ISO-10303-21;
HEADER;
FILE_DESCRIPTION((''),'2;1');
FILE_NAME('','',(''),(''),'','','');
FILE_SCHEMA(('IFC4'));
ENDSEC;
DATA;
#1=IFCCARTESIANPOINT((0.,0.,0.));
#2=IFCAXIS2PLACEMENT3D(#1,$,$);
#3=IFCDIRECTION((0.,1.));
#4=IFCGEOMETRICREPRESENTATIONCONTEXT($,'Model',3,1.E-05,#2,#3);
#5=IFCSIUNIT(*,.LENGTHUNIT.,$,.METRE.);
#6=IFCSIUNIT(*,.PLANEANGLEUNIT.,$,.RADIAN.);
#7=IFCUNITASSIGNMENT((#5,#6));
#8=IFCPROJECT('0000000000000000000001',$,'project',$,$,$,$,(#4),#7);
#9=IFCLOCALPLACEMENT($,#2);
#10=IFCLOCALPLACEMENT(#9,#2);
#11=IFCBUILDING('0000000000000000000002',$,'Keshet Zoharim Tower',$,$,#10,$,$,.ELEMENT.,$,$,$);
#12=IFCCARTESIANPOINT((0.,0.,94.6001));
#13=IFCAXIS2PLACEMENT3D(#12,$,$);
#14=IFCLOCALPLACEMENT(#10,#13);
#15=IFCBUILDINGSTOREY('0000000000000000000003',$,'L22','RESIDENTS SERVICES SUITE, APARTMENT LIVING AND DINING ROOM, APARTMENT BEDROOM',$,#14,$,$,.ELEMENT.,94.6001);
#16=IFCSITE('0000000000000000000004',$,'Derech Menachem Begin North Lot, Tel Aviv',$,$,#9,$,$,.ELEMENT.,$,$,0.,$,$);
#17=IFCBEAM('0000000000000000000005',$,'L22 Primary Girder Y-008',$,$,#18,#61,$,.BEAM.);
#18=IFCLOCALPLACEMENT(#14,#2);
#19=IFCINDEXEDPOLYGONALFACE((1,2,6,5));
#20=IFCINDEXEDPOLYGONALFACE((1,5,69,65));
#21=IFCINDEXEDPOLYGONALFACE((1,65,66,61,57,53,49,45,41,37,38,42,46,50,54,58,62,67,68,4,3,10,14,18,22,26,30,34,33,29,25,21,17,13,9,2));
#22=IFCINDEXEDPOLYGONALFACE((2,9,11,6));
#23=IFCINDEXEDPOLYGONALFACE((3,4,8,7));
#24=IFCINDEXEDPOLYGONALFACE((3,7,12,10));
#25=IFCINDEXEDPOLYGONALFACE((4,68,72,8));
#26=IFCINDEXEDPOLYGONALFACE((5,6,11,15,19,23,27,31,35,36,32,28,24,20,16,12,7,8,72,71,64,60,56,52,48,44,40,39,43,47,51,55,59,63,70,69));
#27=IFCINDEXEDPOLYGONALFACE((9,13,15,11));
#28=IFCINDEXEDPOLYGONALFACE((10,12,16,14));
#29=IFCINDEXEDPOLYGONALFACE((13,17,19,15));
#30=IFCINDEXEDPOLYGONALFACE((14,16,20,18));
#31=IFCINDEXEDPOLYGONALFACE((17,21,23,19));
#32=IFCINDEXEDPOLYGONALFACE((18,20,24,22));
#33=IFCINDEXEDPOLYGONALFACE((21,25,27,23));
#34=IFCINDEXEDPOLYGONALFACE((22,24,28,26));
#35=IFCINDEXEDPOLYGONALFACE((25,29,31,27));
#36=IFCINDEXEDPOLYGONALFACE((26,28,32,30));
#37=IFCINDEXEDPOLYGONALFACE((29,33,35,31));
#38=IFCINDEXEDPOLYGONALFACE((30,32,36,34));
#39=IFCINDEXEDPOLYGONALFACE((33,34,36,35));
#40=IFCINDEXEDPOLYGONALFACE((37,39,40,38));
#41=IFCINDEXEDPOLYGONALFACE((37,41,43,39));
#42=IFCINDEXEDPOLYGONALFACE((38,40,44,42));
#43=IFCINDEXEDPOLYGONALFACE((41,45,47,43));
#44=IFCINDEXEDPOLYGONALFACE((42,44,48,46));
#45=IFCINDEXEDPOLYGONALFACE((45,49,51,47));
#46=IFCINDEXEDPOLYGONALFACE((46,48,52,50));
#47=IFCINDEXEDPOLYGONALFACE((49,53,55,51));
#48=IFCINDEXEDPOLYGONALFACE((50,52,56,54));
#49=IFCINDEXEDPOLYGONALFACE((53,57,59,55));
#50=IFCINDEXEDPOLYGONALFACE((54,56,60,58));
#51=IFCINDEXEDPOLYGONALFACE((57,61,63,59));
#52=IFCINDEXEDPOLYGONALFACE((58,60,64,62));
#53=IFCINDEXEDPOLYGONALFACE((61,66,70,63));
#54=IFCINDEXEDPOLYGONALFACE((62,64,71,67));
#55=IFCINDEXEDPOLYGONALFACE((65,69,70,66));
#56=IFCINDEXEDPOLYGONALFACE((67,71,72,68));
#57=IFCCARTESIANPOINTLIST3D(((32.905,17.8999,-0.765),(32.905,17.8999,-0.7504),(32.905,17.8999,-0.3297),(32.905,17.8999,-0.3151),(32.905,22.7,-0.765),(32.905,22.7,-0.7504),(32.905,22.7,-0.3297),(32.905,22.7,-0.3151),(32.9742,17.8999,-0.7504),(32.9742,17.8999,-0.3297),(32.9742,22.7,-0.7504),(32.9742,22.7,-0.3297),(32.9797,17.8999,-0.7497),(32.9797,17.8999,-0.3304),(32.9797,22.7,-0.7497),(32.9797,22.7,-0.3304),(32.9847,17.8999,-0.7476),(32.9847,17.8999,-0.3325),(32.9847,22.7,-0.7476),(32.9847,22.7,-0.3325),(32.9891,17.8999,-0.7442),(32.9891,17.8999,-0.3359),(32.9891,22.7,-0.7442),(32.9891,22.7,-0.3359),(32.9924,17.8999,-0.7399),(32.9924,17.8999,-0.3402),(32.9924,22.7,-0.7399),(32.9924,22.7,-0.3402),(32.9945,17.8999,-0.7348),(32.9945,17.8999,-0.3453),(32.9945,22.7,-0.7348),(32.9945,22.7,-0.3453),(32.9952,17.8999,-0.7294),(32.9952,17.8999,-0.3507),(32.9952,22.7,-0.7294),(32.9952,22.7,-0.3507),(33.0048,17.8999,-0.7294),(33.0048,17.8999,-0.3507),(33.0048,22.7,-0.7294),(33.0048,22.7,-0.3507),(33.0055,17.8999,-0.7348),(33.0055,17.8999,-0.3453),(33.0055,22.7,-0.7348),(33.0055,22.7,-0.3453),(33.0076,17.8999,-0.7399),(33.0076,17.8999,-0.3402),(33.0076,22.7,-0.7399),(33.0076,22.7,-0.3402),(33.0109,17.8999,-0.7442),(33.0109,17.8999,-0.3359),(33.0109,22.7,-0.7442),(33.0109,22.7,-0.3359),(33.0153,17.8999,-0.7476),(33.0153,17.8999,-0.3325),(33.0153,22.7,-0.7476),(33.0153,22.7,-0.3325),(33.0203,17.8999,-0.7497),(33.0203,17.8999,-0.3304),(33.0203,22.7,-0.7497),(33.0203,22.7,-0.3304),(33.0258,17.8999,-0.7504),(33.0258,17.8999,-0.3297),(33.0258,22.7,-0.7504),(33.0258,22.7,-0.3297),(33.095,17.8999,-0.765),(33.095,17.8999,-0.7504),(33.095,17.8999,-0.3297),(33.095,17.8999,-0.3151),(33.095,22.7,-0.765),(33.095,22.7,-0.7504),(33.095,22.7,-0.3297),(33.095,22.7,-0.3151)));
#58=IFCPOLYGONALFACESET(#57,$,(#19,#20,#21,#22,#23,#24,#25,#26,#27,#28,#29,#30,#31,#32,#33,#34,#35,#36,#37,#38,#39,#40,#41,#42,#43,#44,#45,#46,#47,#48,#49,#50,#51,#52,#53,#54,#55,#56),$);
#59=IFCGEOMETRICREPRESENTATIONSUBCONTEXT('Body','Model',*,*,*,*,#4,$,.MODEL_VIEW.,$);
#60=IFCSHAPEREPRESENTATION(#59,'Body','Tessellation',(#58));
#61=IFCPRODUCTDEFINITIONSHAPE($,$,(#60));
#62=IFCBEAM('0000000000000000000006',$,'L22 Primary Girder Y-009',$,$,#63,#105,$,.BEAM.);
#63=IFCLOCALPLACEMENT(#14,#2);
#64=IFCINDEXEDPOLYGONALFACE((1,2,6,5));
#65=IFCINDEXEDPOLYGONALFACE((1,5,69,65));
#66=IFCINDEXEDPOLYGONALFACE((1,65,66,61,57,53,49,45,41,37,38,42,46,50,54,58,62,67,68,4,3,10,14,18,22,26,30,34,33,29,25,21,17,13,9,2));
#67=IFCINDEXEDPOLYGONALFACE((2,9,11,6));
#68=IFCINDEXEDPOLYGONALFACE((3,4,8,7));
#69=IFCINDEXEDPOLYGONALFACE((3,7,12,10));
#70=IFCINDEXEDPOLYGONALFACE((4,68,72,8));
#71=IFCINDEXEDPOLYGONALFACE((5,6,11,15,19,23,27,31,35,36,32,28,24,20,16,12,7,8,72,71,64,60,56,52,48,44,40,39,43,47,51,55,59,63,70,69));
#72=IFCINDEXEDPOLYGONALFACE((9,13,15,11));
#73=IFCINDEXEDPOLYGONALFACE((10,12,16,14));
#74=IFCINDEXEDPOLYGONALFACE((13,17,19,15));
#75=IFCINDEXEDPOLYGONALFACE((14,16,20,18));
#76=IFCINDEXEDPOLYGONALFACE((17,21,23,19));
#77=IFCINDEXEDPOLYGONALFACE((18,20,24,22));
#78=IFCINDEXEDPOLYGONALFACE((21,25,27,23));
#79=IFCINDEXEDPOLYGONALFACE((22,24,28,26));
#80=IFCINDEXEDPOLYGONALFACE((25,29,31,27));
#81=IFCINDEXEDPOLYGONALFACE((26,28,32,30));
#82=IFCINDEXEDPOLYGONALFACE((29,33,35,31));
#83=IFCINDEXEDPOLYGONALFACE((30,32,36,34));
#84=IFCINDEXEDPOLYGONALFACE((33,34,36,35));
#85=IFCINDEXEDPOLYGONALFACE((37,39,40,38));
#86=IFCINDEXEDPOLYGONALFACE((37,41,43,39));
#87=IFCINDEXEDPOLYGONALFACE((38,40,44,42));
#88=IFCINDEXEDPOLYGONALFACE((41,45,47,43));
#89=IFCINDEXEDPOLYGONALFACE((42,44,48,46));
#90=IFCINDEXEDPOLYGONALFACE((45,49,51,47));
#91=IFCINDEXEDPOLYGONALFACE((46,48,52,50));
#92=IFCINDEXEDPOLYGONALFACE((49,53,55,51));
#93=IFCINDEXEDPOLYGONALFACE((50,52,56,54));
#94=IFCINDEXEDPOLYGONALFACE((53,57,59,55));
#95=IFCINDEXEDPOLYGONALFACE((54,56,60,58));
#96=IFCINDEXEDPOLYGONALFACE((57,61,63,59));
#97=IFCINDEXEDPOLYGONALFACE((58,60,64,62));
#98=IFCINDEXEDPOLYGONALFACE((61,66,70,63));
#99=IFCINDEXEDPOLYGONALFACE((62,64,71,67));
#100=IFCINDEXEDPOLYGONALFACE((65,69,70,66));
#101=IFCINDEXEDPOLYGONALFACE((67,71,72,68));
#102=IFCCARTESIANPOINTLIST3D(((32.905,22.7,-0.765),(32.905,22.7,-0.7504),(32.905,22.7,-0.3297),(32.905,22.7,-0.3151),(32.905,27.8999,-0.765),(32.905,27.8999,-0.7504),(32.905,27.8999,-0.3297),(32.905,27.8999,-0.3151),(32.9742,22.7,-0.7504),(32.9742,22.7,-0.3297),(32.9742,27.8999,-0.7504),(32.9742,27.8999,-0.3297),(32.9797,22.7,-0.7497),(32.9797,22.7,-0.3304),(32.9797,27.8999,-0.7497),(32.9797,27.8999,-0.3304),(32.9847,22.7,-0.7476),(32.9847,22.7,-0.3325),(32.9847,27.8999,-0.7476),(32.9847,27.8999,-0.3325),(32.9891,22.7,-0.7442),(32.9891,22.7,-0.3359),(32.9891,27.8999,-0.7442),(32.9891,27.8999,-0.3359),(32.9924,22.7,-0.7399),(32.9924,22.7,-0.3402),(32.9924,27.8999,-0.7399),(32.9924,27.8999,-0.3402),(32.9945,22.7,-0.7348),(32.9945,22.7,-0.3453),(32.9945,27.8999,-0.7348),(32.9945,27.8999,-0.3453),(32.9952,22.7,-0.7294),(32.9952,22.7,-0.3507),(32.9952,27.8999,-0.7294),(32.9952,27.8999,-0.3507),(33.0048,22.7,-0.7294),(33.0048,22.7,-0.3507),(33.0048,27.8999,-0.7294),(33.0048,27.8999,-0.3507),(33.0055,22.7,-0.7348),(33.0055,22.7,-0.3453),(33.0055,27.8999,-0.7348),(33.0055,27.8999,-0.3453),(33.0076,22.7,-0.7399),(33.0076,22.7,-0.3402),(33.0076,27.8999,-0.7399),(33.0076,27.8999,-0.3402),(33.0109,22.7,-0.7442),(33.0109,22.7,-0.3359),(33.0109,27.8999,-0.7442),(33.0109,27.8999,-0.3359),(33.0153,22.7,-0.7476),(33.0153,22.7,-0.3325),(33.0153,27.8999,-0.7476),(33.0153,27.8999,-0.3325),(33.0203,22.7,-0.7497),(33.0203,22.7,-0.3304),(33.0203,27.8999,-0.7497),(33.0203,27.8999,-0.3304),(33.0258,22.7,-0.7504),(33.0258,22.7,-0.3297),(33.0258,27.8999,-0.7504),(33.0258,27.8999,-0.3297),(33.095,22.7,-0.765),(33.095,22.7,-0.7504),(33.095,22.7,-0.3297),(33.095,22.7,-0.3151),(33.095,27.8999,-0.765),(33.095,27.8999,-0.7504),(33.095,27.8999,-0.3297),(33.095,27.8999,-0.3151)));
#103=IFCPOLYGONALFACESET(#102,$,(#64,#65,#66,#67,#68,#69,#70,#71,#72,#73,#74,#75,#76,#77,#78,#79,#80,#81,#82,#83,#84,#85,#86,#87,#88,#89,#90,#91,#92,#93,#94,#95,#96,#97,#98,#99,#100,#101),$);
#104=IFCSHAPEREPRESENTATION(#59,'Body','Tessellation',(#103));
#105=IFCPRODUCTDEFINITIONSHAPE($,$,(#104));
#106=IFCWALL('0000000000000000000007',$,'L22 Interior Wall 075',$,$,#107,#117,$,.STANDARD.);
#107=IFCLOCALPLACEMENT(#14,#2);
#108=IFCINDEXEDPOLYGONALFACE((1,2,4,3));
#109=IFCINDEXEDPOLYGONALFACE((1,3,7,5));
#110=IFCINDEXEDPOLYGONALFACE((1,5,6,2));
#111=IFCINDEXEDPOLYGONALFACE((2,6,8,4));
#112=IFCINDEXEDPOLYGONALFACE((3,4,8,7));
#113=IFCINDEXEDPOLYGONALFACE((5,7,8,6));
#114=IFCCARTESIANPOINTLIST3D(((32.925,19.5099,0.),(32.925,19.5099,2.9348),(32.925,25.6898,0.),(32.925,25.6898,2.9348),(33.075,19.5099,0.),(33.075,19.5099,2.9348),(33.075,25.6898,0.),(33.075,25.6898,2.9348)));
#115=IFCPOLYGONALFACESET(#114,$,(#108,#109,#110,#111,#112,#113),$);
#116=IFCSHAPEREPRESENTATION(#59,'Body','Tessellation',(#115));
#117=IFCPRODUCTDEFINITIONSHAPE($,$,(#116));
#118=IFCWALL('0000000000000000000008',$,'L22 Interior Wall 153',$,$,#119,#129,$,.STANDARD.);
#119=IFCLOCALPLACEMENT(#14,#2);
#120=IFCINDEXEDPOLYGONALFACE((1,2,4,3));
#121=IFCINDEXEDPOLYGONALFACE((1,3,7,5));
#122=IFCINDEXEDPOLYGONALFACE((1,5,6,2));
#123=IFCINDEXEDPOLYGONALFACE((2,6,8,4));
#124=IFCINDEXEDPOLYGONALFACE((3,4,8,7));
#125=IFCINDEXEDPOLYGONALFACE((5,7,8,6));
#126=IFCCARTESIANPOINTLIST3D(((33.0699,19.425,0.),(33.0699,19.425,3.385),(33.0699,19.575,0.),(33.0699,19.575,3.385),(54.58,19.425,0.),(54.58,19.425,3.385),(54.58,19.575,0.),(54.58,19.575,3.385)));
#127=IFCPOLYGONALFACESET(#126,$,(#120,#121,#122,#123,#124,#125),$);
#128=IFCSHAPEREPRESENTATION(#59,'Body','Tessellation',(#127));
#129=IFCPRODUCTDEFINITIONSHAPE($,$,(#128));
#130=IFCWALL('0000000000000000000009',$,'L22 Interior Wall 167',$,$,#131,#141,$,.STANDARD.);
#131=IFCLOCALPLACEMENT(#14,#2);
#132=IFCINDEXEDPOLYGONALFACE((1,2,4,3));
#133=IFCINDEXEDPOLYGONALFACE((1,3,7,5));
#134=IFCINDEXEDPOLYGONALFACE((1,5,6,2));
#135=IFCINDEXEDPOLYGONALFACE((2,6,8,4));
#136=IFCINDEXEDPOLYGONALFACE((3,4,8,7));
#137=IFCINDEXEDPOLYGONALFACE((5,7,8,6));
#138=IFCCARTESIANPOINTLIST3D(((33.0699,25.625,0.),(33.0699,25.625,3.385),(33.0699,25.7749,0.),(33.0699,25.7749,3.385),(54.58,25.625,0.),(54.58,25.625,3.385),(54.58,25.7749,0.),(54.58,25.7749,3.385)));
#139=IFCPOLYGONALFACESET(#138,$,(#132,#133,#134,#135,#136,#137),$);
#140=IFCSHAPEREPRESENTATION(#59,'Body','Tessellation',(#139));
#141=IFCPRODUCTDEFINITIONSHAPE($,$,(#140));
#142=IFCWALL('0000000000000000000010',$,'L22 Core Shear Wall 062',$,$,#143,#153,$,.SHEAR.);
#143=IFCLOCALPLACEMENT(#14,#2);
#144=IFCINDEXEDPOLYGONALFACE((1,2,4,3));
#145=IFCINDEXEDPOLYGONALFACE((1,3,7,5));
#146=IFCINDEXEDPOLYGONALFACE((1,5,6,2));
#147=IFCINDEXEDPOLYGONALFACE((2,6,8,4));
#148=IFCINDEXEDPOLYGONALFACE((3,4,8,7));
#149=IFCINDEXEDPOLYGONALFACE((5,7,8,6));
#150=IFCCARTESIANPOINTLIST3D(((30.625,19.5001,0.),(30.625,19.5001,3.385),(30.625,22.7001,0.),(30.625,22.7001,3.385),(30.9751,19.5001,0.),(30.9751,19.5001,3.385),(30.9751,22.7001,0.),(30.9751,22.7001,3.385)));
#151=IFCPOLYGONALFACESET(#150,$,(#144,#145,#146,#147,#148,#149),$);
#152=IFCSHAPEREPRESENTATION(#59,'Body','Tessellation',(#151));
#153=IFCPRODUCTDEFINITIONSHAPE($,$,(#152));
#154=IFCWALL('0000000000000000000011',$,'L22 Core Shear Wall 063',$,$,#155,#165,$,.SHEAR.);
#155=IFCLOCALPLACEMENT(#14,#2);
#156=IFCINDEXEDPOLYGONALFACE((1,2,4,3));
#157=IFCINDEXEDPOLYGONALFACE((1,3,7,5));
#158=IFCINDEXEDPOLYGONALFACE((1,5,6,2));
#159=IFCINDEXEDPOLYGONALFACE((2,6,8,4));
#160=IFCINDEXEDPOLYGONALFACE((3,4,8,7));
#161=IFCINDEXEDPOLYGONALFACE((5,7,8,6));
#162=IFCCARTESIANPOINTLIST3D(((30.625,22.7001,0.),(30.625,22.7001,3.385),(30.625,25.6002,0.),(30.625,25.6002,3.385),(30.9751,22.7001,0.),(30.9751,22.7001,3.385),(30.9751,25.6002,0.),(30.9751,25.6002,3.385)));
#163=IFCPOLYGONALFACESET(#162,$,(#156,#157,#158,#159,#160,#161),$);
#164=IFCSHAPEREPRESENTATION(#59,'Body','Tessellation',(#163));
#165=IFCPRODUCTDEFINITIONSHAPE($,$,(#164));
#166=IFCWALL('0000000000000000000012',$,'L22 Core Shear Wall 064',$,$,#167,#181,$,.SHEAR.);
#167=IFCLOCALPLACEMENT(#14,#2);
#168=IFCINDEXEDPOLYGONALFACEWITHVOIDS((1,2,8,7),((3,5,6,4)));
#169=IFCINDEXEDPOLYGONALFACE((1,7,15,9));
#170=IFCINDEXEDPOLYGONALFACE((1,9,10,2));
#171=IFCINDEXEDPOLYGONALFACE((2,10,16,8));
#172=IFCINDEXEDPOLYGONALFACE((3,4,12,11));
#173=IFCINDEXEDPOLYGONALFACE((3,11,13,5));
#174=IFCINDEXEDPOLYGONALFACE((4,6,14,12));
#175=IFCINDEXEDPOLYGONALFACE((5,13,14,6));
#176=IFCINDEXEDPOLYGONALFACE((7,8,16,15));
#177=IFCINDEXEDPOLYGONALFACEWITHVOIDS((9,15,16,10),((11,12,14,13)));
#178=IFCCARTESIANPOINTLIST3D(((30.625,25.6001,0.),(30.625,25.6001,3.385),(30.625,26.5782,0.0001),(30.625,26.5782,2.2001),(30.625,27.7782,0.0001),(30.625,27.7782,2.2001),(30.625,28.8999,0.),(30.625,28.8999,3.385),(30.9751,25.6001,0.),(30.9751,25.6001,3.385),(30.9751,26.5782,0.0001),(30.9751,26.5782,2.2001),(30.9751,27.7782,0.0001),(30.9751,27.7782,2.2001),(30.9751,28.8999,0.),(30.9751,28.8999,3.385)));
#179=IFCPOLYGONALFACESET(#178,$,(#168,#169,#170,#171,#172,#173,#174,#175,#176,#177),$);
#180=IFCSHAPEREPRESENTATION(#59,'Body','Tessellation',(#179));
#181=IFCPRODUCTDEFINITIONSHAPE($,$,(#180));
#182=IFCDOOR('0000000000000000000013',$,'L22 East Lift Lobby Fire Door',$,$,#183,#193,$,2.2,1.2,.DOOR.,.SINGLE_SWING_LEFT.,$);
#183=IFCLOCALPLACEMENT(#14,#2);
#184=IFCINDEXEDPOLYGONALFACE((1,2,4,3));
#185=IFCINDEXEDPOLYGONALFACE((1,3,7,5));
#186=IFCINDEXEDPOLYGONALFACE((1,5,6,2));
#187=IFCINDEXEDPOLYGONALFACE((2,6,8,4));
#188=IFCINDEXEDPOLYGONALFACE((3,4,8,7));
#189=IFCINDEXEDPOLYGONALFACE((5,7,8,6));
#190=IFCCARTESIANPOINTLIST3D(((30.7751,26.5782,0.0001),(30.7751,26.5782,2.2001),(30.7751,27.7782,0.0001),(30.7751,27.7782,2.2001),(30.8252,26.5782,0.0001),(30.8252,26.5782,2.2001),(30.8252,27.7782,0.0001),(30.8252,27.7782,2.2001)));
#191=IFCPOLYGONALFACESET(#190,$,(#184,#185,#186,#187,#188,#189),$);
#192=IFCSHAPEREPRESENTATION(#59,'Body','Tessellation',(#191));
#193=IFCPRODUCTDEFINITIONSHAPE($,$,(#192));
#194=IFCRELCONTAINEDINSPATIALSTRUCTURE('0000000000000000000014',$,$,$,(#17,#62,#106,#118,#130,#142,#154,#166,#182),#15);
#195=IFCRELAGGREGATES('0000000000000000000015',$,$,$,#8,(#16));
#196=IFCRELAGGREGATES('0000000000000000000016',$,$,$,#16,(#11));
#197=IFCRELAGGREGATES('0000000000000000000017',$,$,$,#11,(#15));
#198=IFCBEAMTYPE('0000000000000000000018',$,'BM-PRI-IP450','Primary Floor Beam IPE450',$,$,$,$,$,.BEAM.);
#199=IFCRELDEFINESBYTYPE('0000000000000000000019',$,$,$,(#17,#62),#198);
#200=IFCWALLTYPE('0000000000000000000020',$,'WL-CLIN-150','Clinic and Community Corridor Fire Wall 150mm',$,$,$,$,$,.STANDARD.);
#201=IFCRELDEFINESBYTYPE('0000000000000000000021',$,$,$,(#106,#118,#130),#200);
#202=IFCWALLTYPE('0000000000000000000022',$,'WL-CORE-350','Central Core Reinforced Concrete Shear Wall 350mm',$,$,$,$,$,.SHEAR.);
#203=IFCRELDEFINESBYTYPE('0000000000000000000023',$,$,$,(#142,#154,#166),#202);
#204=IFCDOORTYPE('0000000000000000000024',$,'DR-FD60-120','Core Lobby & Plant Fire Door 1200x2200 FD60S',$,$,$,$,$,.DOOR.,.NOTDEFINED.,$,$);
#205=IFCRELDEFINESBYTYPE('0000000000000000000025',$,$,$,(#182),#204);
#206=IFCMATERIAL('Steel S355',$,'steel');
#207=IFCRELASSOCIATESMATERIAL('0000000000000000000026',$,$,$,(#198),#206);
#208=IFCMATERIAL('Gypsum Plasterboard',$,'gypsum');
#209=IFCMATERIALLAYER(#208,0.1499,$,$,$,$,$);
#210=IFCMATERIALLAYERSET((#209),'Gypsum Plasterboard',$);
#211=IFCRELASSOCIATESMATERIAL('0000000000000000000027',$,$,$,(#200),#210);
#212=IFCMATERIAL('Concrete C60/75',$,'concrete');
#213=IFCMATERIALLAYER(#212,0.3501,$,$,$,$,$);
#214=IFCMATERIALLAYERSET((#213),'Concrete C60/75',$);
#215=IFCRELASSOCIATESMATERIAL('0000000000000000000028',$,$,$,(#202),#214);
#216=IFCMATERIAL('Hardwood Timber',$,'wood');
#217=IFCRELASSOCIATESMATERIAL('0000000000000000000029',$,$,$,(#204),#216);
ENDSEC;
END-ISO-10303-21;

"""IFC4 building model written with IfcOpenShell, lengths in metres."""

from ifc_helpers import new_model, si_unit, direction, frame, frame_2d, origin, origin_2d, place, context, subcontext, project, spatial, rectangle, i_section, extrude, material, layer, layer_set, material_profile, profile_set, type_object, element, fill, save


model = new_model("IFC4")

# Units and contexts
model_context = context("Model", 3, precision=1e-05, world=origin(), true_north=direction((0.0, 1.0)))
body_context = subcontext(model_context, "Body", "Model", "MODEL_VIEW")
ifc_project = project(units=[si_unit("LENGTHUNIT", "METRE"), si_unit("PLANEANGLEUNIT", "RADIAN")], contexts=[model_context])

# Site, building, storey
site_placement = place(None, origin())
site = spatial("IfcSite", under=ifc_project, at=site_placement, Name="Derech Menachem Begin North Lot, Tel Aviv", CompositionType="ELEMENT", RefElevation=0.0)
building_placement = place(site_placement, origin())
building = spatial("IfcBuilding", under=site, at=building_placement, Name="Keshet Zoharim Tower", CompositionType="ELEMENT")
storey_placement = place(building_placement, frame((0.0, 0.0, 94.6001)))
storey = spatial("IfcBuildingStorey", under=building, at=storey_placement, Name="L22", Description="RESIDENTS SERVICES SUITE, APARTMENT LIVING AND DINING ROOM, APARTMENT BEDROOM", CompositionType="ELEMENT", Elevation=94.6001)

# Shared definitions
ifc_material_1 = material(Name="Concrete C60/75", Category="concrete")

# Beams
ifc_material_2 = material(Name="Steel S355", Category="steel")
ifc_material_profile_1 = material_profile(ifc_material_2, i_section(OverallWidth=0.1899, OverallDepth=0.45, WebThickness=0.0095, FlangeThickness=0.0146, FilletRadius=0.021, at=origin_2d()), Name="IPE450")
ifc_profile_set_1 = profile_set([ifc_material_profile_1], Name="Steel S355")
beam_type_1 = type_object("IfcBeamType", Name="BM-PRI-IP450", Description="Primary Floor Beam IPE450", PredefinedType="BEAM", material=ifc_profile_set_1)
beam_1_placement = place(storey_placement, frame((33.0, 17.8999, -0.54), z_axis=(0.0, 1.0, 0.0), x_axis=(-1.0, 0.0, 0.0)))
element("IfcBeam", 1, at=beam_1_placement, inside=storey, type_object=beam_type_1, Name="L22 Primary Girder Y-008", PredefinedType="BEAM", context=body_context, shape_type="SweptSolid", body=[
    extrude(i_section(OverallWidth=0.1899, OverallDepth=0.45, WebThickness=0.0095, FlangeThickness=0.0146, FilletRadius=0.021, at=origin_2d()), origin(), (0.0, 0.0, 1.0), 4.8),
])
beam_2_placement = place(storey_placement, frame((33.0, 22.7, -0.54), z_axis=(0.0, 1.0, 0.0), x_axis=(-1.0, 0.0, 0.0)))
element("IfcBeam", 2, at=beam_2_placement, inside=storey, type_object=beam_type_1, Name="L22 Primary Girder Y-009", PredefinedType="BEAM", context=body_context, shape_type="SweptSolid", body=[
    extrude(i_section(OverallWidth=0.1899, OverallDepth=0.45, WebThickness=0.0095, FlangeThickness=0.0146, FilletRadius=0.021, at=origin_2d()), origin(), (0.0, 0.0, 1.0), 5.2),
])

# Walls
ifc_material_3 = material(Name="Gypsum Plasterboard", Category="gypsum")
ifc_layer_1 = layer(ifc_material_3, 0.1499)
ifc_layer_set_1 = layer_set([ifc_layer_1], Name="Gypsum Plasterboard")
wall_type_1 = type_object("IfcWallType", Name="WL-CLIN-150", Description="Clinic and Community Corridor Fire Wall 150mm", PredefinedType="STANDARD", material=ifc_layer_set_1)
wall_1_placement = place(storey_placement, frame((33.0, 19.51, 0.0), z_axis=(0.0, 0.0, 1.0), x_axis=(0.0, 1.0, 0.0)))
element("IfcWall", 3, at=wall_1_placement, inside=storey, type_object=wall_type_1, Name="L22 Interior Wall 075", PredefinedType="STANDARD", context=body_context, shape_type="SweptSolid", body=[
    extrude(rectangle(XDim=6.1799, YDim=0.1499, at=frame_2d((3.0898, 0.0))), origin(), (0.0, 0.0, 1.0), 2.9348),
])
for number, where, z_axis, x_axis, name in (
    (4, (33.0701, 19.5, 0.0), (0.0, 0.0, 1.0), (1.0, 0.0, 0.0), "L22 Interior Wall 153"),
    (5, (33.0701, 25.7, 0.0), (0.0, 0.0, 1.0), (1.0, 0.0, 0.0), "L22 Interior Wall 167"),
):
    element("IfcWall", number, at=place(storey_placement, frame(where, z_axis=z_axis, x_axis=x_axis)), inside=storey, type_object=wall_type_1, Name=name, PredefinedType="STANDARD", context=body_context, shape_type="SweptSolid", body=[
        extrude(rectangle(XDim=21.51, YDim=0.1499, at=frame_2d((10.7549, 0.0))), origin(), (0.0, 0.0, 1.0), 3.385),
    ])
ifc_layer_2 = layer(ifc_material_1, 0.3501)
ifc_layer_set_2 = layer_set([ifc_layer_2], Name="Concrete C60/75")
wall_type_2 = type_object("IfcWallType", Name="WL-CORE-350", Description="Central Core Reinforced Concrete Shear Wall 350mm", PredefinedType="SHEAR", material=ifc_layer_set_2)
wall_2_placement = place(storey_placement, frame((30.8, 19.5, 0.0), z_axis=(0.0, 0.0, 1.0), x_axis=(0.0, 1.0, 0.0)))
element("IfcWall", 6, at=wall_2_placement, inside=storey, type_object=wall_type_2, Name="L22 Core Shear Wall 062", PredefinedType="SHEAR", context=body_context, shape_type="SweptSolid", body=[
    extrude(rectangle(XDim=3.2, YDim=0.3501, at=frame_2d((1.6001, 0.0))), origin(), (0.0, 0.0, 1.0), 3.385),
])
wall_3_placement = place(storey_placement, frame((30.8, 22.7, 0.0), z_axis=(0.0, 0.0, 1.0), x_axis=(0.0, 1.0, 0.0)))
element("IfcWall", 7, at=wall_3_placement, inside=storey, type_object=wall_type_2, Name="L22 Core Shear Wall 063", PredefinedType="SHEAR", context=body_context, shape_type="SweptSolid", body=[
    extrude(rectangle(XDim=2.9001, YDim=0.3501, at=frame_2d((1.4502, 0.0))), origin(), (0.0, 0.0, 1.0), 3.385),
])

# Wall, opening, door
wall_4_placement = place(storey_placement, frame((30.8, 25.6001, 0.0), z_axis=(0.0, 0.0, 1.0), x_axis=(0.0, 1.0, 0.0)))
wall_4 = element("IfcWall", 8, at=wall_4_placement, inside=storey, type_object=wall_type_2, Name="L22 Core Shear Wall 064", PredefinedType="SHEAR", context=body_context, shape_type="SweptSolid", body=[
    extrude(rectangle(XDim=3.2998, YDim=0.3501, at=frame_2d((1.6499, 0.0))), origin(), (0.0, 0.0, 1.0), 3.385),
])
opening_placement = place(wall_4_placement, frame((0.978, 0.0, 0.0)))
opening = element("IfcOpeningElement", 9, at=opening_placement, cuts=wall_4, PredefinedType="OPENING", context=body_context, shape_type="SweptSolid", body=[
    extrude(rectangle(XDim=1.2, YDim=2.2, at=frame_2d((0.6001, 1.1001))), frame((0.0, 0.1851, 0.0), z_axis=(0.0, -1.0, 0.0), x_axis=(1.0, 0.0, 0.0)), (0.0, 0.0, 1.0), 0.3701),
])
ifc_material_4 = material(Name="Hardwood Timber", Category="wood")
door_type = type_object("IfcDoorType", Name="DR-FD60-120", Description="Core Lobby & Plant Fire Door 1200x2200 FD60S", OperationType="NOTDEFINED", PredefinedType="DOOR", material=ifc_material_4)
door_placement = place(opening_placement, origin())
door = element("IfcDoor", 10, at=door_placement, inside=storey, type_object=door_type, Name="L22 East Lift Lobby Fire Door", OperationType="SINGLE_SWING_LEFT", OverallHeight=2.2, OverallWidth=1.2, PredefinedType="DOOR", context=body_context, shape_type="SweptSolid", body=[
    extrude(rectangle(XDim=1.2, YDim=2.2, at=frame_2d((0.6001, 1.1001))), frame((0.0, 0.0249, 0.0), z_axis=(0.0, -1.0, 0.0), x_axis=(1.0, 0.0, 0.0)), (0.0, 0.0, 1.0), 0.05),
])
fill(opening, door)

save(model, "model.ifc")
